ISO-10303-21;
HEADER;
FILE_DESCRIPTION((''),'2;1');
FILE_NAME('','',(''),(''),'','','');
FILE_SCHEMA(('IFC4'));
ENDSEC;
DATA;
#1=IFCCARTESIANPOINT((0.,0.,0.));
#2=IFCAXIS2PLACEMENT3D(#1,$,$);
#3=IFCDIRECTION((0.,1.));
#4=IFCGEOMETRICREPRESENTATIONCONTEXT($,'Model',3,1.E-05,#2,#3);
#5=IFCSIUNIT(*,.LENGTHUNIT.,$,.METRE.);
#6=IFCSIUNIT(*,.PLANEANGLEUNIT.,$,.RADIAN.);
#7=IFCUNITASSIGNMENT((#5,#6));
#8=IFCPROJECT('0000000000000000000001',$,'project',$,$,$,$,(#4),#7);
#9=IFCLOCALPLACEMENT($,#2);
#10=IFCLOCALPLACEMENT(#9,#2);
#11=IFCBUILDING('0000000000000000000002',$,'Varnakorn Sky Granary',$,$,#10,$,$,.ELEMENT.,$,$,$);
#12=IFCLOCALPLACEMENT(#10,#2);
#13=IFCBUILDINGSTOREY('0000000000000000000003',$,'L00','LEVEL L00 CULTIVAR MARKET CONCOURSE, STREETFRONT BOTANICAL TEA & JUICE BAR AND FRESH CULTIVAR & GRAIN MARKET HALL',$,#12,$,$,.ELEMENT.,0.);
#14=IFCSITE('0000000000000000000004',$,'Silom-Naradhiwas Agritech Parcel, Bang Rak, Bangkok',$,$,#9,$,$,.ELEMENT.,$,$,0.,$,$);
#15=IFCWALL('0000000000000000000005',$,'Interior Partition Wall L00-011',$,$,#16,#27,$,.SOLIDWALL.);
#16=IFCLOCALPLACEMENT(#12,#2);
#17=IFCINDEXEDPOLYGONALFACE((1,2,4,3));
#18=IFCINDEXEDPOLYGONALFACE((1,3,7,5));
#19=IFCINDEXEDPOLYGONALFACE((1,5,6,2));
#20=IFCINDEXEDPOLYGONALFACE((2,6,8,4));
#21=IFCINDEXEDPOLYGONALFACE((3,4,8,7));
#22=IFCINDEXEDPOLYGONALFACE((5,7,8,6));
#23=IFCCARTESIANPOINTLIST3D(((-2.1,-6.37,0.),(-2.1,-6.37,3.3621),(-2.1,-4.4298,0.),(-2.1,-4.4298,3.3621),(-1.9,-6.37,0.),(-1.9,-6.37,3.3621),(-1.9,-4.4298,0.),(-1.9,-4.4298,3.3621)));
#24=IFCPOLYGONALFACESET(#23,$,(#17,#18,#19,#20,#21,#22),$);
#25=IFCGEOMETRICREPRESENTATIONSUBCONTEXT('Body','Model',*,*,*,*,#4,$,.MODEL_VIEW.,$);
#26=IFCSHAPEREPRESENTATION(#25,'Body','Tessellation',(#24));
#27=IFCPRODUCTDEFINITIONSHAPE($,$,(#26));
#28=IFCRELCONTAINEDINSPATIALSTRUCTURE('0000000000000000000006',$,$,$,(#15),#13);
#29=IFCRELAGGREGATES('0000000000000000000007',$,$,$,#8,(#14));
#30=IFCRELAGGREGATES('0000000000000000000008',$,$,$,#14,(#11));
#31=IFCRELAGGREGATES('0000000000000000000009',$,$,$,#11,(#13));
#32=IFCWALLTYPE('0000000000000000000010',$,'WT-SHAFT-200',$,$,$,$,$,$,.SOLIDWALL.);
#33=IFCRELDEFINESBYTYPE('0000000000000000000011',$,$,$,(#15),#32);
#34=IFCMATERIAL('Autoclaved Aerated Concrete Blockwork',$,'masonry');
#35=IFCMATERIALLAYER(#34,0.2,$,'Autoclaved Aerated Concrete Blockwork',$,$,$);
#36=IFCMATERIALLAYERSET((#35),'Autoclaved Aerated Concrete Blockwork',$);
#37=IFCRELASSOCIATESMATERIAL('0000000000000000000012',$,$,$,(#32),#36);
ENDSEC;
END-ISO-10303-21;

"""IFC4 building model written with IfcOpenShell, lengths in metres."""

from ifc_helpers import new_model, si_unit, direction, frame, frame_2d, origin, place, context, subcontext, project, spatial, rectangle, extrude, material, layer, layer_set, type_object, element, save


model = new_model("IFC4")

# Units and contexts
model_context = context("Model", 3, precision=1e-05, world=origin(), true_north=direction((0.0, 1.0)))
body_context = subcontext(model_context, "Body", "Model", "MODEL_VIEW")
ifc_project = project(units=[si_unit("LENGTHUNIT", "METRE"), si_unit("PLANEANGLEUNIT", "RADIAN")], contexts=[model_context])

# Site, building, storey
site_placement = place(None, origin())
site = spatial("IfcSite", under=ifc_project, at=site_placement, Name="Silom-Naradhiwas Agritech Parcel, Bang Rak, Bangkok", CompositionType="ELEMENT", RefElevation=0.0)
building_placement = place(site_placement, origin())
building = spatial("IfcBuilding", under=site, at=building_placement, Name="Varnakorn Sky Granary", CompositionType="ELEMENT")
storey_placement = place(building_placement, origin())
storey = spatial("IfcBuildingStorey", under=building, at=storey_placement, Name="L00", Description="LEVEL L00 CULTIVAR MARKET CONCOURSE, STREETFRONT BOTANICAL TEA & JUICE BAR AND FRESH CULTIVAR & GRAIN MARKET HALL", CompositionType="ELEMENT", Elevation=0.0)

# Shared definitions
ifc_material_1 = material(Name="Autoclaved Aerated Concrete Blockwork", Category="masonry")

# Wall
ifc_layer_1 = layer(ifc_material_1, 0.2, Name="Autoclaved Aerated Concrete Blockwork")
ifc_layer_set_1 = layer_set([ifc_layer_1], Name="Autoclaved Aerated Concrete Blockwork")
wall_type_1 = type_object("IfcWallType", Name="WT-SHAFT-200", PredefinedType="SOLIDWALL", material=ifc_layer_set_1)
wall_1_placement = place(storey_placement, frame((-2.0, -6.3701, 0.0), z_axis=(0.0, 0.0, 1.0), x_axis=(0.0, 1.0, 0.0)))
element("IfcWall", 1, at=wall_1_placement, inside=storey, type_object=wall_type_1, Name="Interior Partition Wall L00-011", PredefinedType="SOLIDWALL", context=body_context, shape_type="SweptSolid", body=[
    extrude(rectangle(XDim=1.9402, YDim=0.2, at=frame_2d((0.9702, 0.0))), origin(), (0.0, 0.0, 1.0), 3.3621),
])

save(model, "model.ifc")
